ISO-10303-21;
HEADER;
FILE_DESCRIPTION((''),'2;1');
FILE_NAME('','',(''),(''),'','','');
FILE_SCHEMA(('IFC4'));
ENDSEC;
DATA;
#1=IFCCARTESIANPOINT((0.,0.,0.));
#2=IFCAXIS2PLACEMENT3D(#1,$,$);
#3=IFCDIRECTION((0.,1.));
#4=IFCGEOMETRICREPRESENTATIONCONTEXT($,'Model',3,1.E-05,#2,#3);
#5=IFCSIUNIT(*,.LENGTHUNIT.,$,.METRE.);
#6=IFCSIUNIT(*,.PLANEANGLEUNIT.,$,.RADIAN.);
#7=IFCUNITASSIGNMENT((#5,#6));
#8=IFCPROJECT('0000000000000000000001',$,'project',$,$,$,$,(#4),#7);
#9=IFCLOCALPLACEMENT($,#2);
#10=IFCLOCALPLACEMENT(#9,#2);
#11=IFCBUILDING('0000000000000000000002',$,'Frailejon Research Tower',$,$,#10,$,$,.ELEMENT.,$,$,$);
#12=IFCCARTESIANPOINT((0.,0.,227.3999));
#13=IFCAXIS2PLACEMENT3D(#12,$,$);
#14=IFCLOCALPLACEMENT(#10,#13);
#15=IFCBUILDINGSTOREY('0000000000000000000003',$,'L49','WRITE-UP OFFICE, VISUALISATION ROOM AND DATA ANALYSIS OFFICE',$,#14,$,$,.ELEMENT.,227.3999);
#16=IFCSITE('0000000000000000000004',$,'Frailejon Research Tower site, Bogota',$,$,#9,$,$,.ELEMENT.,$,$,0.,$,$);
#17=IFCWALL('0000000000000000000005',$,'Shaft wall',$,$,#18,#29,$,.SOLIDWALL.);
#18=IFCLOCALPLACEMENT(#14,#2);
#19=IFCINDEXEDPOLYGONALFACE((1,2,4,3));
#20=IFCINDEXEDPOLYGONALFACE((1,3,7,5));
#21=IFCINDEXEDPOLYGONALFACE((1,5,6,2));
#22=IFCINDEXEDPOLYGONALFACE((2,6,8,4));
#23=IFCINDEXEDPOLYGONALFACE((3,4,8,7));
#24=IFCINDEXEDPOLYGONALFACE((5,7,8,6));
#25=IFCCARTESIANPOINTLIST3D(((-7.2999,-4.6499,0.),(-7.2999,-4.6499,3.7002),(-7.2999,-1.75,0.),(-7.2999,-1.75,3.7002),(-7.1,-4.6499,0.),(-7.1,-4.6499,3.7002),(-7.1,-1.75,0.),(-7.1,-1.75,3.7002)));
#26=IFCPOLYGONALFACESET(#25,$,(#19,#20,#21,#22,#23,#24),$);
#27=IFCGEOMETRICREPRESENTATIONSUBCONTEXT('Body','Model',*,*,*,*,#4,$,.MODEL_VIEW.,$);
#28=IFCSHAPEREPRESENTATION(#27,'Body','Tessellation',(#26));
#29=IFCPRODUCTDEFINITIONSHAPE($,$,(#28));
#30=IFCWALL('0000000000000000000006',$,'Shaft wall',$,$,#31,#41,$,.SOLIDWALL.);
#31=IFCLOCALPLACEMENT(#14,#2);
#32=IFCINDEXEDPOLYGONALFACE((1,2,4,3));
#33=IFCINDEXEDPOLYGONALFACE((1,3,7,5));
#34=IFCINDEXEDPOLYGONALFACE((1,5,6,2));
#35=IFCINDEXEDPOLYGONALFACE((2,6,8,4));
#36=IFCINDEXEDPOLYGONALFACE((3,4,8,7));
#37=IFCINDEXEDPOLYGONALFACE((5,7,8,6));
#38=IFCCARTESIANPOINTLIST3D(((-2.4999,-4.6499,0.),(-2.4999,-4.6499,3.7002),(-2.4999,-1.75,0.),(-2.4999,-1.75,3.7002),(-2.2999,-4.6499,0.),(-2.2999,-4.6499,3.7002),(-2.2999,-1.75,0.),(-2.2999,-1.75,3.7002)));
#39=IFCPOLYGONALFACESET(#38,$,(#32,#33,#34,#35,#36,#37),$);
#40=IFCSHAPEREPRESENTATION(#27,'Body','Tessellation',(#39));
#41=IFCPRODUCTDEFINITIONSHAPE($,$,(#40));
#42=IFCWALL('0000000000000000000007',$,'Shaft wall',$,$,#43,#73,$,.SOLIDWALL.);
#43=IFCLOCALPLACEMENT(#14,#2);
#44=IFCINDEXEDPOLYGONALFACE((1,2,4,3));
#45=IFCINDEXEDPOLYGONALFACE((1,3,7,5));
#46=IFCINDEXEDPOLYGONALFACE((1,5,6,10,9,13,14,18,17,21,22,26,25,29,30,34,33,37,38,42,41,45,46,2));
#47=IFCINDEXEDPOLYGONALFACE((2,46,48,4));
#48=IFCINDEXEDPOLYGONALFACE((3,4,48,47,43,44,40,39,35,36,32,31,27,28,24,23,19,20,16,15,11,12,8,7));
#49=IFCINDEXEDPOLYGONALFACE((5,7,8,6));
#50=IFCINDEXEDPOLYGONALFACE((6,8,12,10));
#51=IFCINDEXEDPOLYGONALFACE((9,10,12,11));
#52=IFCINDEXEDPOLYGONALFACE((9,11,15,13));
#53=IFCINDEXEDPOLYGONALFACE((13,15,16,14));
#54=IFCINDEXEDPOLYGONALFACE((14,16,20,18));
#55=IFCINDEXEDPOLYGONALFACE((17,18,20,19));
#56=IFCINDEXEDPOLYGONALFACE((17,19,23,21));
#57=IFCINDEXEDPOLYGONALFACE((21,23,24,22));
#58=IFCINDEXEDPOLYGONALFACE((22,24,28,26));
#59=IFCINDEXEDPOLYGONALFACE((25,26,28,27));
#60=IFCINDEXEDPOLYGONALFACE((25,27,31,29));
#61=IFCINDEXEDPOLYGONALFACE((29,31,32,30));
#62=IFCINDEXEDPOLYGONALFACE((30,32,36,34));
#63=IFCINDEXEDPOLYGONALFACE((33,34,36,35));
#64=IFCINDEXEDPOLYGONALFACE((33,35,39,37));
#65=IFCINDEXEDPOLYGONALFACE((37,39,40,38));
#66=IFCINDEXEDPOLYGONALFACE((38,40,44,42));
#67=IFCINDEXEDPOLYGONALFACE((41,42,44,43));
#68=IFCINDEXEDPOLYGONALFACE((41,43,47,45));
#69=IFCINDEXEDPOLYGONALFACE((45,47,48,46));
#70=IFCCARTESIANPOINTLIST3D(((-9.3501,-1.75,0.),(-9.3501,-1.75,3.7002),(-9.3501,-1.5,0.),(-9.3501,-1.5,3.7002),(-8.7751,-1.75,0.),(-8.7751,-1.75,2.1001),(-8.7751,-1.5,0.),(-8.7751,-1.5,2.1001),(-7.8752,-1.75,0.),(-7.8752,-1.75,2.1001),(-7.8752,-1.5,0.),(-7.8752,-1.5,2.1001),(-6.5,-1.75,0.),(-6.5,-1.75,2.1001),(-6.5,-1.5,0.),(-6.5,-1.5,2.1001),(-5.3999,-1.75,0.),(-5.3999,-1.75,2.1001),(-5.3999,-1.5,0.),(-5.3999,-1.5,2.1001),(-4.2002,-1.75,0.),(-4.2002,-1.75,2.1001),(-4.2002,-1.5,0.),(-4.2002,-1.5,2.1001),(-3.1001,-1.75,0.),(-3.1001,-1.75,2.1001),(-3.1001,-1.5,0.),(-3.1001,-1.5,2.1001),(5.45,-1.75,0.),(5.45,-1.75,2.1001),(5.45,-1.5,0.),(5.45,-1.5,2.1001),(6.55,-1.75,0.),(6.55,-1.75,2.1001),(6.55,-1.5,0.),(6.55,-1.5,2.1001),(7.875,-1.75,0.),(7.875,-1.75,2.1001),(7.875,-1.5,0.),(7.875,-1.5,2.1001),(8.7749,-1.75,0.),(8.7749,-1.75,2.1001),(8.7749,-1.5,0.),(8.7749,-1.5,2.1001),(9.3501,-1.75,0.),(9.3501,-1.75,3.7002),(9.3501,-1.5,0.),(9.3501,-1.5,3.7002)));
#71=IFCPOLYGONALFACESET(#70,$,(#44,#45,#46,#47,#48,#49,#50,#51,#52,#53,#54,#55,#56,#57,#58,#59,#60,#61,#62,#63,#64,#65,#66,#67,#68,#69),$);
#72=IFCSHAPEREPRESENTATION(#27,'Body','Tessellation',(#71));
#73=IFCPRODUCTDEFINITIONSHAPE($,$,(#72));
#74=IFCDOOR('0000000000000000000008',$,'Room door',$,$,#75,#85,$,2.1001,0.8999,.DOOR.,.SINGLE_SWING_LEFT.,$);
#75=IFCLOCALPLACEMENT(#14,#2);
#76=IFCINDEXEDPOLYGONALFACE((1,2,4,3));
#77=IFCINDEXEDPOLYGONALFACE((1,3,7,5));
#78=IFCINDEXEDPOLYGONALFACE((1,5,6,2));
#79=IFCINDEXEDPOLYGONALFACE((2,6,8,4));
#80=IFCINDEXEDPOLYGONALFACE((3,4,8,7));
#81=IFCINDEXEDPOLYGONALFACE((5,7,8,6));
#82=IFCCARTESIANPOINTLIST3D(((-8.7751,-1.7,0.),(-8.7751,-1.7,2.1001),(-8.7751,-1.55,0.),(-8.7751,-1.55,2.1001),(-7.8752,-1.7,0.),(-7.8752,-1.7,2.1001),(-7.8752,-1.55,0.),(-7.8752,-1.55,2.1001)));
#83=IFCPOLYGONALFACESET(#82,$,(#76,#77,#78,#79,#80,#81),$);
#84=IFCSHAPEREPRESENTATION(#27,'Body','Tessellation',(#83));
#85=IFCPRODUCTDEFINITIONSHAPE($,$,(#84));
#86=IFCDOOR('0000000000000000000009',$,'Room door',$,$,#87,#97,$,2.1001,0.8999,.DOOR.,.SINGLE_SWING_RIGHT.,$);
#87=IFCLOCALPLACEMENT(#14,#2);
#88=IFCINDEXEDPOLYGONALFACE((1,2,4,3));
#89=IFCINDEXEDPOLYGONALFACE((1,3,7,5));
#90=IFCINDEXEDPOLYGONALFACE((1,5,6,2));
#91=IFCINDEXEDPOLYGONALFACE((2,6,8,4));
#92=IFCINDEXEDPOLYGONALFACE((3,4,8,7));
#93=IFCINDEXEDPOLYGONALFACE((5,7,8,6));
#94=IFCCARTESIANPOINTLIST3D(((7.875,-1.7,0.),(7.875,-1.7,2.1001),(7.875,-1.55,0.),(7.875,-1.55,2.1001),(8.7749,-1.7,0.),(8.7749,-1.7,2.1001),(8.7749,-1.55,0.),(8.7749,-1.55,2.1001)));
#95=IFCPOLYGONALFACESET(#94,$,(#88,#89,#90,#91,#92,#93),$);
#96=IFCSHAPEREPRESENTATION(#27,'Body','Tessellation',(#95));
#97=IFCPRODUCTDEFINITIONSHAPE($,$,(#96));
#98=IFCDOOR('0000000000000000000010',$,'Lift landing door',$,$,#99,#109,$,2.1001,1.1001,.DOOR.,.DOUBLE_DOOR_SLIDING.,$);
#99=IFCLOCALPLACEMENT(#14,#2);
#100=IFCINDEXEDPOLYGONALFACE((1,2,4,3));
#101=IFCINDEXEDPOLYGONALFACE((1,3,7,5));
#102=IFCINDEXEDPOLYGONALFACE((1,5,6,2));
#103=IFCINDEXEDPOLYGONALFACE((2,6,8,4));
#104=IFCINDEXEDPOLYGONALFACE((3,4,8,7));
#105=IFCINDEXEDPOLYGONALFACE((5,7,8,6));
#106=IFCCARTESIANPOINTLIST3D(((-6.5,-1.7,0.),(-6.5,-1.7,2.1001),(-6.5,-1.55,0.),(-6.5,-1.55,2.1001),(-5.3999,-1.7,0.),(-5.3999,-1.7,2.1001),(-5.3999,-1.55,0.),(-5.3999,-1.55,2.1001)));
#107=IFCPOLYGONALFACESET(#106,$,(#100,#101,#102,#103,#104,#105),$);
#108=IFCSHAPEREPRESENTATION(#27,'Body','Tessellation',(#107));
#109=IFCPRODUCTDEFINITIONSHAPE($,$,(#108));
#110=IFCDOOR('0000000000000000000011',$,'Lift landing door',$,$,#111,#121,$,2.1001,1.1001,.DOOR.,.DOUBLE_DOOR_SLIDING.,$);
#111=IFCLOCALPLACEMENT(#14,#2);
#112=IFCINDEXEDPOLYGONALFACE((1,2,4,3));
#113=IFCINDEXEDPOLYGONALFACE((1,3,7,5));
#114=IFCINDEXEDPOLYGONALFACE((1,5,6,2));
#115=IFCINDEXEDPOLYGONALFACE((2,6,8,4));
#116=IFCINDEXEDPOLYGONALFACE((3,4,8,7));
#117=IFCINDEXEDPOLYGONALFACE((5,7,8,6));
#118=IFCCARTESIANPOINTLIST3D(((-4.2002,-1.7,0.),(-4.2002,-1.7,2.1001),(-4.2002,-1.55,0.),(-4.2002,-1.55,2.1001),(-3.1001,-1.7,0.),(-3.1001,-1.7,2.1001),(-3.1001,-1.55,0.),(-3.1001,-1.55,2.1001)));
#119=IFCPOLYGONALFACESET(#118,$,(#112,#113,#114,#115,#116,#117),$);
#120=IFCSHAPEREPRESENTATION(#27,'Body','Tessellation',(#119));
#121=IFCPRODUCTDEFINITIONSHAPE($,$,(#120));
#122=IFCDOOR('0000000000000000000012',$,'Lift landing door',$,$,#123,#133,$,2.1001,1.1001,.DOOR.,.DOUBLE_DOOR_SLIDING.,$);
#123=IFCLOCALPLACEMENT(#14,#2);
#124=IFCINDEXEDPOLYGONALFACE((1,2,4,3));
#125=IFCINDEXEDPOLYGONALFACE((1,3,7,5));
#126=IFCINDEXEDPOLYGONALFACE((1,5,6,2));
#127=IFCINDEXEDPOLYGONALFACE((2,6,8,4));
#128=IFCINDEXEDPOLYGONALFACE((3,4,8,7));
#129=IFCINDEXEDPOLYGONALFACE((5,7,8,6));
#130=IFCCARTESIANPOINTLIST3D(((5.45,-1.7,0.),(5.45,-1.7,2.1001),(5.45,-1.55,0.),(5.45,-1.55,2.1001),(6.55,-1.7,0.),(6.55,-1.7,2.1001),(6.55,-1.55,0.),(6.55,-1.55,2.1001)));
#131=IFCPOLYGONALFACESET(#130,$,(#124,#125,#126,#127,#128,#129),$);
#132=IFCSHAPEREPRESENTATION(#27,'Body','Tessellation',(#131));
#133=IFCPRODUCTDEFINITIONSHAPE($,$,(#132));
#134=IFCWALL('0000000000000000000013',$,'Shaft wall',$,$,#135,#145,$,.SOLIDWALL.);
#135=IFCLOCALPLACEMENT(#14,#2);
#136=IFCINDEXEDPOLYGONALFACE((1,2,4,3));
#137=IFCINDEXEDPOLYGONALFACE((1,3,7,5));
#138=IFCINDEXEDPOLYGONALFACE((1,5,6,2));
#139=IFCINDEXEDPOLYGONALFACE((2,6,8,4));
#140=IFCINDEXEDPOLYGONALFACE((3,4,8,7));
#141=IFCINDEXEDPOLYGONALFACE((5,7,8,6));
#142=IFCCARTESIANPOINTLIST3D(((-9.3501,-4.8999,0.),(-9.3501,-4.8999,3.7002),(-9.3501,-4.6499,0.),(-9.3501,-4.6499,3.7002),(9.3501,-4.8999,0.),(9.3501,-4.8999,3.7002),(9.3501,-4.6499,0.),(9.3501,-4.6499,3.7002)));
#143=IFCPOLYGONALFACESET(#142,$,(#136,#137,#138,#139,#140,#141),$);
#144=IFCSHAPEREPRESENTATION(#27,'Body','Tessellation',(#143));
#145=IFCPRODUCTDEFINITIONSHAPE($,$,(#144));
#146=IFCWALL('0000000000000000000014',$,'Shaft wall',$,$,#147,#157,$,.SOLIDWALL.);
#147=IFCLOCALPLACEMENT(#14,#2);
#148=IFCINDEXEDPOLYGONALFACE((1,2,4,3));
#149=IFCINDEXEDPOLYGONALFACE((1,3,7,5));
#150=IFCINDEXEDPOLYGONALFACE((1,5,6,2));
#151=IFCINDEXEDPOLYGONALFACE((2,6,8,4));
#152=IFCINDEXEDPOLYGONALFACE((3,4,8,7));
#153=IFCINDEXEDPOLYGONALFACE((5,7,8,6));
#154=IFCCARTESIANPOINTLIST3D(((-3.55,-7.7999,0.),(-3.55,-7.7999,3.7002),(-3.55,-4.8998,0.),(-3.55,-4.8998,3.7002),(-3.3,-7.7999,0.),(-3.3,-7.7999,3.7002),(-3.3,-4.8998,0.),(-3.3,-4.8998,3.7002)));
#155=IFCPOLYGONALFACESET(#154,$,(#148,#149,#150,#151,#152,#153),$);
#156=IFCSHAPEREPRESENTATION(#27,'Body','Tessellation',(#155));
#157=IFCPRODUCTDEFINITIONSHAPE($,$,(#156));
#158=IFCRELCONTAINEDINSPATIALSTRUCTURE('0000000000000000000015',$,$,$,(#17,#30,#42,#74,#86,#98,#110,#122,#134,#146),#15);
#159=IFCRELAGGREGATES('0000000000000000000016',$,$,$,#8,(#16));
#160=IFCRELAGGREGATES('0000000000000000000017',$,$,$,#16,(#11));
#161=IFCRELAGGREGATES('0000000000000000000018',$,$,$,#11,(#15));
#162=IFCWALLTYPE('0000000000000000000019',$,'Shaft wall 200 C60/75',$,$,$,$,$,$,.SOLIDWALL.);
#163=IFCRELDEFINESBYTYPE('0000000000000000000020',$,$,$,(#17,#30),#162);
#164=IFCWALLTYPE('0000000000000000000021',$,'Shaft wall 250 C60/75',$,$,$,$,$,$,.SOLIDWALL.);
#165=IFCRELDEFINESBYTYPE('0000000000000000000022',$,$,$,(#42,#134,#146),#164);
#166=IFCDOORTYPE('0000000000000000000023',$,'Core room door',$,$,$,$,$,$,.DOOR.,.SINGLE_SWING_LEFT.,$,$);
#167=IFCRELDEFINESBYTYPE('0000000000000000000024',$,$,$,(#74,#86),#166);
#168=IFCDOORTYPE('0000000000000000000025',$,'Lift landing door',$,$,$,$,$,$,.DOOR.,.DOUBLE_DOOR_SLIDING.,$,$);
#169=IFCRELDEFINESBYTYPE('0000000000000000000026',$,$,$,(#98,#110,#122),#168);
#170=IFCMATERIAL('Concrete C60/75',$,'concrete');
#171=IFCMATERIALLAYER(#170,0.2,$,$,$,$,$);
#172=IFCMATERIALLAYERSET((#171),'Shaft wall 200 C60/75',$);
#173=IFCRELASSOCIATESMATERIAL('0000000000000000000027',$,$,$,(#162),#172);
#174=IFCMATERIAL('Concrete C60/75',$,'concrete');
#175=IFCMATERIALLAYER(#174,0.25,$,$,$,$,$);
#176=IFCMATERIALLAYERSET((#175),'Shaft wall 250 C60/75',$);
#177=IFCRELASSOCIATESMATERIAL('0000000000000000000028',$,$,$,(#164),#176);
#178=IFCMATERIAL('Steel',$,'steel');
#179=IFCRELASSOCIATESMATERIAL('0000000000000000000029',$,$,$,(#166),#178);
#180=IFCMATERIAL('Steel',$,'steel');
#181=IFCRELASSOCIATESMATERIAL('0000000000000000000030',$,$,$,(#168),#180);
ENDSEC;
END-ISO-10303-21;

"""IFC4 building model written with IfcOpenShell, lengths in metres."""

from ifc_helpers import new_model, si_unit, direction, frame, frame_2d, origin, place, context, subcontext, project, spatial, rectangle, extrude, material, layer, layer_set, type_object, element, fill, save


model = new_model("IFC4")

# Units and contexts
model_context = context("Model", 3, precision=1e-05, world=origin(), true_north=direction((0.0, 1.0)))
body_context = subcontext(model_context, "Body", "Model", "MODEL_VIEW")
ifc_project = project(units=[si_unit("LENGTHUNIT", "METRE"), si_unit("PLANEANGLEUNIT", "RADIAN")], contexts=[model_context])

# Site, building, storey
site_placement = place(None, origin())
site = spatial("IfcSite", under=ifc_project, at=site_placement, Name="Frailejon Research Tower site, Bogota", CompositionType="ELEMENT", RefElevation=0.0)
building_placement = place(site_placement, origin())
building = spatial("IfcBuilding", under=site, at=building_placement, Name="Frailejon Research Tower", CompositionType="ELEMENT")
storey_placement = place(building_placement, frame((0.0, 0.0, 227.3999)))
storey = spatial("IfcBuildingStorey", under=building, at=storey_placement, Name="L49", Description="WRITE-UP OFFICE, VISUALISATION ROOM AND DATA ANALYSIS OFFICE", CompositionType="ELEMENT", Elevation=227.3999)

# Walls
ifc_material_1 = material(Name="Concrete C60/75", Category="concrete")
ifc_layer_1 = layer(ifc_material_1, 0.2)
ifc_layer_set_1 = layer_set([ifc_layer_1], Name="Shaft wall 200 C60/75")
wall_type_1 = type_object("IfcWallType", Name="Shaft wall 200 C60/75", PredefinedType="SOLIDWALL", material=ifc_layer_set_1)
for number, where, z_axis, x_axis, name in (
    (1, (-7.2, -4.6499, 0.0), (0.0, 0.0, 1.0), (0.0, 1.0, 0.0), "Shaft wall"),
    (2, (-2.3999, -4.6499, 0.0), (0.0, 0.0, 1.0), (0.0, 1.0, 0.0), "Shaft wall"),
):
    element("IfcWall", number, at=place(storey_placement, frame(where, z_axis=z_axis, x_axis=x_axis)), inside=storey, type_object=wall_type_1, Name=name, PredefinedType="SOLIDWALL", context=body_context, shape_type="SweptSolid", body=[
        extrude(rectangle(XDim=2.8999, YDim=0.2, at=frame_2d((1.45, 0.0))), origin(), (0.0, 0.0, 1.0), 3.7002),
    ])

# Wall, openings, doors
ifc_material_2 = material(Name="Concrete C60/75", Category="concrete")
ifc_layer_2 = layer(ifc_material_2, 0.25)
ifc_layer_set_2 = layer_set([ifc_layer_2], Name="Shaft wall 250 C60/75")
wall_type_2 = type_object("IfcWallType", Name="Shaft wall 250 C60/75", PredefinedType="SOLIDWALL", material=ifc_layer_set_2)
wall_1_placement = place(storey_placement, frame((-9.3501, -1.625, 0.0), z_axis=(0.0, 0.0, 1.0), x_axis=(1.0, 0.0, 0.0)))
wall_1 = element("IfcWall", 3, at=wall_1_placement, inside=storey, type_object=wall_type_2, Name="Shaft wall", PredefinedType="SOLIDWALL", context=body_context, shape_type="SweptSolid", body=[
    extrude(rectangle(XDim=18.7002, YDim=0.25, at=frame_2d((9.3501, 0.0))), origin(), (0.0, 0.0, 1.0), 3.7002),
])
opening_1_placement = place(wall_1_placement, frame((2.8501, 0.0, 0.0)))
opening_1 = element("IfcOpeningElement", 4, at=opening_1_placement, cuts=wall_1, PredefinedType="OPENING", context=body_context, shape_type="SweptSolid", body=[
    extrude(rectangle(XDim=1.1001, YDim=2.1001, at=frame_2d((0.55, 1.05))), frame((0.0, 0.135, 0.0), z_axis=(0.0, -1.0, 0.0), x_axis=(1.0, 0.0, 0.0)), (0.0, 0.0, 1.0), 0.27),
])
opening_2_placement = place(wall_1_placement, frame((5.1499, 0.0, 0.0)))
opening_2 = element("IfcOpeningElement", 5, at=opening_2_placement, cuts=wall_1, PredefinedType="OPENING", context=body_context, shape_type="SweptSolid", body=[
    extrude(rectangle(XDim=1.1001, YDim=2.1001, at=frame_2d((0.55, 1.05))), frame((0.0, 0.135, 0.0), z_axis=(0.0, -1.0, 0.0), x_axis=(1.0, 0.0, 0.0)), (0.0, 0.0, 1.0), 0.27),
])
opening_3_placement = place(wall_1_placement, frame((14.8, 0.0, 0.0)))
opening_3 = element("IfcOpeningElement", 6, at=opening_3_placement, cuts=wall_1, PredefinedType="OPENING", context=body_context, shape_type="SweptSolid", body=[
    extrude(rectangle(XDim=1.1001, YDim=2.1001, at=frame_2d((0.55, 1.05))), frame((0.0, 0.135, 0.0), z_axis=(0.0, -1.0, 0.0), x_axis=(1.0, 0.0, 0.0)), (0.0, 0.0, 1.0), 0.27),
])
opening_4_placement = place(wall_1_placement, frame((0.575, 0.0, 0.0)))
opening_4 = element("IfcOpeningElement", 7, at=opening_4_placement, cuts=wall_1, PredefinedType="OPENING", context=body_context, shape_type="SweptSolid", body=[
    extrude(rectangle(XDim=0.8999, YDim=2.1001, at=frame_2d((0.45, 1.05))), frame((0.0, 0.135, 0.0), z_axis=(0.0, -1.0, 0.0), x_axis=(1.0, 0.0, 0.0)), (0.0, 0.0, 1.0), 0.27),
])
opening_5_placement = place(wall_1_placement, frame((17.2251, 0.0, 0.0)))
opening_5 = element("IfcOpeningElement", 8, at=opening_5_placement, cuts=wall_1, PredefinedType="OPENING", context=body_context, shape_type="SweptSolid", body=[
    extrude(rectangle(XDim=0.8999, YDim=2.1001, at=frame_2d((0.45, 1.05))), frame((0.0, 0.135, 0.0), z_axis=(0.0, -1.0, 0.0), x_axis=(1.0, 0.0, 0.0)), (0.0, 0.0, 1.0), 0.27),
])
ifc_material_3 = material(Name="Steel", Category="steel")
door_type_1 = type_object("IfcDoorType", Name="Core room door", OperationType="SINGLE_SWING_LEFT", PredefinedType="DOOR", material=ifc_material_3)
door_1_placement = place(opening_4_placement, origin())
door_1 = element("IfcDoor", 9, at=door_1_placement, inside=storey, type_object=door_type_1, Name="Room door", OperationType="SINGLE_SWING_LEFT", OverallHeight=2.1001, OverallWidth=0.8999, PredefinedType="DOOR", context=body_context, shape_type="SweptSolid", body=[
    extrude(rectangle(XDim=0.8999, YDim=2.1001, at=frame_2d((0.45, 1.05))), frame((0.0, 0.075, 0.0), z_axis=(0.0, -1.0, 0.0), x_axis=(1.0, 0.0, 0.0)), (0.0, 0.0, 1.0), 0.1499),
])
fill(opening_4, door_1)
door_2_placement = place(opening_5_placement, origin())
door_2 = element("IfcDoor", 10, at=door_2_placement, inside=storey, type_object=door_type_1, Name="Room door", OperationType="SINGLE_SWING_RIGHT", OverallHeight=2.1001, OverallWidth=0.8999, PredefinedType="DOOR", context=body_context, shape_type="SweptSolid", body=[
    extrude(rectangle(XDim=0.8999, YDim=2.1001, at=frame_2d((0.45, 1.05))), frame((0.0, 0.075, 0.0), z_axis=(0.0, -1.0, 0.0), x_axis=(1.0, 0.0, 0.0)), (0.0, 0.0, 1.0), 0.1499),
])
fill(opening_5, door_2)
ifc_material_4 = material(Name="Steel", Category="steel")
door_type_2 = type_object("IfcDoorType", Name="Lift landing door", OperationType="DOUBLE_DOOR_SLIDING", PredefinedType="DOOR", material=ifc_material_4)
door_3_placement = place(opening_1_placement, origin())
door_3 = element("IfcDoor", 11, at=door_3_placement, inside=storey, type_object=door_type_2, Name="Lift landing door", OperationType="DOUBLE_DOOR_SLIDING", OverallHeight=2.1001, OverallWidth=1.1001, PredefinedType="DOOR", context=body_context, shape_type="SweptSolid", body=[
    extrude(rectangle(XDim=1.1001, YDim=2.1001, at=frame_2d((0.55, 1.05))), frame((0.0, 0.075, 0.0), z_axis=(0.0, -1.0, 0.0), x_axis=(1.0, 0.0, 0.0)), (0.0, 0.0, 1.0), 0.1499),
])
fill(opening_1, door_3)
door_4_placement = place(opening_2_placement, origin())
door_4 = element("IfcDoor", 12, at=door_4_placement, inside=storey, type_object=door_type_2, Name="Lift landing door", OperationType="DOUBLE_DOOR_SLIDING", OverallHeight=2.1001, OverallWidth=1.1001, PredefinedType="DOOR", context=body_context, shape_type="SweptSolid", body=[
    extrude(rectangle(XDim=1.1001, YDim=2.1001, at=frame_2d((0.55, 1.05))), frame((0.0, 0.075, 0.0), z_axis=(0.0, -1.0, 0.0), x_axis=(1.0, 0.0, 0.0)), (0.0, 0.0, 1.0), 0.1499),
])
fill(opening_2, door_4)
door_5_placement = place(opening_3_placement, origin())
door_5 = element("IfcDoor", 13, at=door_5_placement, inside=storey, type_object=door_type_2, Name="Lift landing door", OperationType="DOUBLE_DOOR_SLIDING", OverallHeight=2.1001, OverallWidth=1.1001, PredefinedType="DOOR", context=body_context, shape_type="SweptSolid", body=[
    extrude(rectangle(XDim=1.1001, YDim=2.1001, at=frame_2d((0.55, 1.05))), frame((0.0, 0.075, 0.0), z_axis=(0.0, -1.0, 0.0), x_axis=(1.0, 0.0, 0.0)), (0.0, 0.0, 1.0), 0.1499),
])
fill(opening_3, door_5)

# Walls
wall_2_placement = place(storey_placement, frame((-9.3501, -4.7749, 0.0), z_axis=(0.0, 0.0, 1.0), x_axis=(1.0, 0.0, 0.0)))
element("IfcWall", 14, at=wall_2_placement, inside=storey, type_object=wall_type_2, Name="Shaft wall", PredefinedType="SOLIDWALL", context=body_context, shape_type="SweptSolid", body=[
    extrude(rectangle(XDim=18.7002, YDim=0.25, at=frame_2d((9.3501, 0.0))), origin(), (0.0, 0.0, 1.0), 3.7002),
])
wall_3_placement = place(storey_placement, frame((-3.425, -7.8, 0.0), z_axis=(0.0, 0.0, 1.0), x_axis=(0.0, 1.0, 0.0)))
element("IfcWall", 15, at=wall_3_placement, inside=storey, type_object=wall_type_2, Name="Shaft wall", PredefinedType="SOLIDWALL", context=body_context, shape_type="SweptSolid", body=[
    extrude(rectangle(XDim=2.9001, YDim=0.25, at=frame_2d((1.4502, 0.0))), origin(), (0.0, 0.0, 1.0), 3.7002),
])

save(model, "model.ifc")
